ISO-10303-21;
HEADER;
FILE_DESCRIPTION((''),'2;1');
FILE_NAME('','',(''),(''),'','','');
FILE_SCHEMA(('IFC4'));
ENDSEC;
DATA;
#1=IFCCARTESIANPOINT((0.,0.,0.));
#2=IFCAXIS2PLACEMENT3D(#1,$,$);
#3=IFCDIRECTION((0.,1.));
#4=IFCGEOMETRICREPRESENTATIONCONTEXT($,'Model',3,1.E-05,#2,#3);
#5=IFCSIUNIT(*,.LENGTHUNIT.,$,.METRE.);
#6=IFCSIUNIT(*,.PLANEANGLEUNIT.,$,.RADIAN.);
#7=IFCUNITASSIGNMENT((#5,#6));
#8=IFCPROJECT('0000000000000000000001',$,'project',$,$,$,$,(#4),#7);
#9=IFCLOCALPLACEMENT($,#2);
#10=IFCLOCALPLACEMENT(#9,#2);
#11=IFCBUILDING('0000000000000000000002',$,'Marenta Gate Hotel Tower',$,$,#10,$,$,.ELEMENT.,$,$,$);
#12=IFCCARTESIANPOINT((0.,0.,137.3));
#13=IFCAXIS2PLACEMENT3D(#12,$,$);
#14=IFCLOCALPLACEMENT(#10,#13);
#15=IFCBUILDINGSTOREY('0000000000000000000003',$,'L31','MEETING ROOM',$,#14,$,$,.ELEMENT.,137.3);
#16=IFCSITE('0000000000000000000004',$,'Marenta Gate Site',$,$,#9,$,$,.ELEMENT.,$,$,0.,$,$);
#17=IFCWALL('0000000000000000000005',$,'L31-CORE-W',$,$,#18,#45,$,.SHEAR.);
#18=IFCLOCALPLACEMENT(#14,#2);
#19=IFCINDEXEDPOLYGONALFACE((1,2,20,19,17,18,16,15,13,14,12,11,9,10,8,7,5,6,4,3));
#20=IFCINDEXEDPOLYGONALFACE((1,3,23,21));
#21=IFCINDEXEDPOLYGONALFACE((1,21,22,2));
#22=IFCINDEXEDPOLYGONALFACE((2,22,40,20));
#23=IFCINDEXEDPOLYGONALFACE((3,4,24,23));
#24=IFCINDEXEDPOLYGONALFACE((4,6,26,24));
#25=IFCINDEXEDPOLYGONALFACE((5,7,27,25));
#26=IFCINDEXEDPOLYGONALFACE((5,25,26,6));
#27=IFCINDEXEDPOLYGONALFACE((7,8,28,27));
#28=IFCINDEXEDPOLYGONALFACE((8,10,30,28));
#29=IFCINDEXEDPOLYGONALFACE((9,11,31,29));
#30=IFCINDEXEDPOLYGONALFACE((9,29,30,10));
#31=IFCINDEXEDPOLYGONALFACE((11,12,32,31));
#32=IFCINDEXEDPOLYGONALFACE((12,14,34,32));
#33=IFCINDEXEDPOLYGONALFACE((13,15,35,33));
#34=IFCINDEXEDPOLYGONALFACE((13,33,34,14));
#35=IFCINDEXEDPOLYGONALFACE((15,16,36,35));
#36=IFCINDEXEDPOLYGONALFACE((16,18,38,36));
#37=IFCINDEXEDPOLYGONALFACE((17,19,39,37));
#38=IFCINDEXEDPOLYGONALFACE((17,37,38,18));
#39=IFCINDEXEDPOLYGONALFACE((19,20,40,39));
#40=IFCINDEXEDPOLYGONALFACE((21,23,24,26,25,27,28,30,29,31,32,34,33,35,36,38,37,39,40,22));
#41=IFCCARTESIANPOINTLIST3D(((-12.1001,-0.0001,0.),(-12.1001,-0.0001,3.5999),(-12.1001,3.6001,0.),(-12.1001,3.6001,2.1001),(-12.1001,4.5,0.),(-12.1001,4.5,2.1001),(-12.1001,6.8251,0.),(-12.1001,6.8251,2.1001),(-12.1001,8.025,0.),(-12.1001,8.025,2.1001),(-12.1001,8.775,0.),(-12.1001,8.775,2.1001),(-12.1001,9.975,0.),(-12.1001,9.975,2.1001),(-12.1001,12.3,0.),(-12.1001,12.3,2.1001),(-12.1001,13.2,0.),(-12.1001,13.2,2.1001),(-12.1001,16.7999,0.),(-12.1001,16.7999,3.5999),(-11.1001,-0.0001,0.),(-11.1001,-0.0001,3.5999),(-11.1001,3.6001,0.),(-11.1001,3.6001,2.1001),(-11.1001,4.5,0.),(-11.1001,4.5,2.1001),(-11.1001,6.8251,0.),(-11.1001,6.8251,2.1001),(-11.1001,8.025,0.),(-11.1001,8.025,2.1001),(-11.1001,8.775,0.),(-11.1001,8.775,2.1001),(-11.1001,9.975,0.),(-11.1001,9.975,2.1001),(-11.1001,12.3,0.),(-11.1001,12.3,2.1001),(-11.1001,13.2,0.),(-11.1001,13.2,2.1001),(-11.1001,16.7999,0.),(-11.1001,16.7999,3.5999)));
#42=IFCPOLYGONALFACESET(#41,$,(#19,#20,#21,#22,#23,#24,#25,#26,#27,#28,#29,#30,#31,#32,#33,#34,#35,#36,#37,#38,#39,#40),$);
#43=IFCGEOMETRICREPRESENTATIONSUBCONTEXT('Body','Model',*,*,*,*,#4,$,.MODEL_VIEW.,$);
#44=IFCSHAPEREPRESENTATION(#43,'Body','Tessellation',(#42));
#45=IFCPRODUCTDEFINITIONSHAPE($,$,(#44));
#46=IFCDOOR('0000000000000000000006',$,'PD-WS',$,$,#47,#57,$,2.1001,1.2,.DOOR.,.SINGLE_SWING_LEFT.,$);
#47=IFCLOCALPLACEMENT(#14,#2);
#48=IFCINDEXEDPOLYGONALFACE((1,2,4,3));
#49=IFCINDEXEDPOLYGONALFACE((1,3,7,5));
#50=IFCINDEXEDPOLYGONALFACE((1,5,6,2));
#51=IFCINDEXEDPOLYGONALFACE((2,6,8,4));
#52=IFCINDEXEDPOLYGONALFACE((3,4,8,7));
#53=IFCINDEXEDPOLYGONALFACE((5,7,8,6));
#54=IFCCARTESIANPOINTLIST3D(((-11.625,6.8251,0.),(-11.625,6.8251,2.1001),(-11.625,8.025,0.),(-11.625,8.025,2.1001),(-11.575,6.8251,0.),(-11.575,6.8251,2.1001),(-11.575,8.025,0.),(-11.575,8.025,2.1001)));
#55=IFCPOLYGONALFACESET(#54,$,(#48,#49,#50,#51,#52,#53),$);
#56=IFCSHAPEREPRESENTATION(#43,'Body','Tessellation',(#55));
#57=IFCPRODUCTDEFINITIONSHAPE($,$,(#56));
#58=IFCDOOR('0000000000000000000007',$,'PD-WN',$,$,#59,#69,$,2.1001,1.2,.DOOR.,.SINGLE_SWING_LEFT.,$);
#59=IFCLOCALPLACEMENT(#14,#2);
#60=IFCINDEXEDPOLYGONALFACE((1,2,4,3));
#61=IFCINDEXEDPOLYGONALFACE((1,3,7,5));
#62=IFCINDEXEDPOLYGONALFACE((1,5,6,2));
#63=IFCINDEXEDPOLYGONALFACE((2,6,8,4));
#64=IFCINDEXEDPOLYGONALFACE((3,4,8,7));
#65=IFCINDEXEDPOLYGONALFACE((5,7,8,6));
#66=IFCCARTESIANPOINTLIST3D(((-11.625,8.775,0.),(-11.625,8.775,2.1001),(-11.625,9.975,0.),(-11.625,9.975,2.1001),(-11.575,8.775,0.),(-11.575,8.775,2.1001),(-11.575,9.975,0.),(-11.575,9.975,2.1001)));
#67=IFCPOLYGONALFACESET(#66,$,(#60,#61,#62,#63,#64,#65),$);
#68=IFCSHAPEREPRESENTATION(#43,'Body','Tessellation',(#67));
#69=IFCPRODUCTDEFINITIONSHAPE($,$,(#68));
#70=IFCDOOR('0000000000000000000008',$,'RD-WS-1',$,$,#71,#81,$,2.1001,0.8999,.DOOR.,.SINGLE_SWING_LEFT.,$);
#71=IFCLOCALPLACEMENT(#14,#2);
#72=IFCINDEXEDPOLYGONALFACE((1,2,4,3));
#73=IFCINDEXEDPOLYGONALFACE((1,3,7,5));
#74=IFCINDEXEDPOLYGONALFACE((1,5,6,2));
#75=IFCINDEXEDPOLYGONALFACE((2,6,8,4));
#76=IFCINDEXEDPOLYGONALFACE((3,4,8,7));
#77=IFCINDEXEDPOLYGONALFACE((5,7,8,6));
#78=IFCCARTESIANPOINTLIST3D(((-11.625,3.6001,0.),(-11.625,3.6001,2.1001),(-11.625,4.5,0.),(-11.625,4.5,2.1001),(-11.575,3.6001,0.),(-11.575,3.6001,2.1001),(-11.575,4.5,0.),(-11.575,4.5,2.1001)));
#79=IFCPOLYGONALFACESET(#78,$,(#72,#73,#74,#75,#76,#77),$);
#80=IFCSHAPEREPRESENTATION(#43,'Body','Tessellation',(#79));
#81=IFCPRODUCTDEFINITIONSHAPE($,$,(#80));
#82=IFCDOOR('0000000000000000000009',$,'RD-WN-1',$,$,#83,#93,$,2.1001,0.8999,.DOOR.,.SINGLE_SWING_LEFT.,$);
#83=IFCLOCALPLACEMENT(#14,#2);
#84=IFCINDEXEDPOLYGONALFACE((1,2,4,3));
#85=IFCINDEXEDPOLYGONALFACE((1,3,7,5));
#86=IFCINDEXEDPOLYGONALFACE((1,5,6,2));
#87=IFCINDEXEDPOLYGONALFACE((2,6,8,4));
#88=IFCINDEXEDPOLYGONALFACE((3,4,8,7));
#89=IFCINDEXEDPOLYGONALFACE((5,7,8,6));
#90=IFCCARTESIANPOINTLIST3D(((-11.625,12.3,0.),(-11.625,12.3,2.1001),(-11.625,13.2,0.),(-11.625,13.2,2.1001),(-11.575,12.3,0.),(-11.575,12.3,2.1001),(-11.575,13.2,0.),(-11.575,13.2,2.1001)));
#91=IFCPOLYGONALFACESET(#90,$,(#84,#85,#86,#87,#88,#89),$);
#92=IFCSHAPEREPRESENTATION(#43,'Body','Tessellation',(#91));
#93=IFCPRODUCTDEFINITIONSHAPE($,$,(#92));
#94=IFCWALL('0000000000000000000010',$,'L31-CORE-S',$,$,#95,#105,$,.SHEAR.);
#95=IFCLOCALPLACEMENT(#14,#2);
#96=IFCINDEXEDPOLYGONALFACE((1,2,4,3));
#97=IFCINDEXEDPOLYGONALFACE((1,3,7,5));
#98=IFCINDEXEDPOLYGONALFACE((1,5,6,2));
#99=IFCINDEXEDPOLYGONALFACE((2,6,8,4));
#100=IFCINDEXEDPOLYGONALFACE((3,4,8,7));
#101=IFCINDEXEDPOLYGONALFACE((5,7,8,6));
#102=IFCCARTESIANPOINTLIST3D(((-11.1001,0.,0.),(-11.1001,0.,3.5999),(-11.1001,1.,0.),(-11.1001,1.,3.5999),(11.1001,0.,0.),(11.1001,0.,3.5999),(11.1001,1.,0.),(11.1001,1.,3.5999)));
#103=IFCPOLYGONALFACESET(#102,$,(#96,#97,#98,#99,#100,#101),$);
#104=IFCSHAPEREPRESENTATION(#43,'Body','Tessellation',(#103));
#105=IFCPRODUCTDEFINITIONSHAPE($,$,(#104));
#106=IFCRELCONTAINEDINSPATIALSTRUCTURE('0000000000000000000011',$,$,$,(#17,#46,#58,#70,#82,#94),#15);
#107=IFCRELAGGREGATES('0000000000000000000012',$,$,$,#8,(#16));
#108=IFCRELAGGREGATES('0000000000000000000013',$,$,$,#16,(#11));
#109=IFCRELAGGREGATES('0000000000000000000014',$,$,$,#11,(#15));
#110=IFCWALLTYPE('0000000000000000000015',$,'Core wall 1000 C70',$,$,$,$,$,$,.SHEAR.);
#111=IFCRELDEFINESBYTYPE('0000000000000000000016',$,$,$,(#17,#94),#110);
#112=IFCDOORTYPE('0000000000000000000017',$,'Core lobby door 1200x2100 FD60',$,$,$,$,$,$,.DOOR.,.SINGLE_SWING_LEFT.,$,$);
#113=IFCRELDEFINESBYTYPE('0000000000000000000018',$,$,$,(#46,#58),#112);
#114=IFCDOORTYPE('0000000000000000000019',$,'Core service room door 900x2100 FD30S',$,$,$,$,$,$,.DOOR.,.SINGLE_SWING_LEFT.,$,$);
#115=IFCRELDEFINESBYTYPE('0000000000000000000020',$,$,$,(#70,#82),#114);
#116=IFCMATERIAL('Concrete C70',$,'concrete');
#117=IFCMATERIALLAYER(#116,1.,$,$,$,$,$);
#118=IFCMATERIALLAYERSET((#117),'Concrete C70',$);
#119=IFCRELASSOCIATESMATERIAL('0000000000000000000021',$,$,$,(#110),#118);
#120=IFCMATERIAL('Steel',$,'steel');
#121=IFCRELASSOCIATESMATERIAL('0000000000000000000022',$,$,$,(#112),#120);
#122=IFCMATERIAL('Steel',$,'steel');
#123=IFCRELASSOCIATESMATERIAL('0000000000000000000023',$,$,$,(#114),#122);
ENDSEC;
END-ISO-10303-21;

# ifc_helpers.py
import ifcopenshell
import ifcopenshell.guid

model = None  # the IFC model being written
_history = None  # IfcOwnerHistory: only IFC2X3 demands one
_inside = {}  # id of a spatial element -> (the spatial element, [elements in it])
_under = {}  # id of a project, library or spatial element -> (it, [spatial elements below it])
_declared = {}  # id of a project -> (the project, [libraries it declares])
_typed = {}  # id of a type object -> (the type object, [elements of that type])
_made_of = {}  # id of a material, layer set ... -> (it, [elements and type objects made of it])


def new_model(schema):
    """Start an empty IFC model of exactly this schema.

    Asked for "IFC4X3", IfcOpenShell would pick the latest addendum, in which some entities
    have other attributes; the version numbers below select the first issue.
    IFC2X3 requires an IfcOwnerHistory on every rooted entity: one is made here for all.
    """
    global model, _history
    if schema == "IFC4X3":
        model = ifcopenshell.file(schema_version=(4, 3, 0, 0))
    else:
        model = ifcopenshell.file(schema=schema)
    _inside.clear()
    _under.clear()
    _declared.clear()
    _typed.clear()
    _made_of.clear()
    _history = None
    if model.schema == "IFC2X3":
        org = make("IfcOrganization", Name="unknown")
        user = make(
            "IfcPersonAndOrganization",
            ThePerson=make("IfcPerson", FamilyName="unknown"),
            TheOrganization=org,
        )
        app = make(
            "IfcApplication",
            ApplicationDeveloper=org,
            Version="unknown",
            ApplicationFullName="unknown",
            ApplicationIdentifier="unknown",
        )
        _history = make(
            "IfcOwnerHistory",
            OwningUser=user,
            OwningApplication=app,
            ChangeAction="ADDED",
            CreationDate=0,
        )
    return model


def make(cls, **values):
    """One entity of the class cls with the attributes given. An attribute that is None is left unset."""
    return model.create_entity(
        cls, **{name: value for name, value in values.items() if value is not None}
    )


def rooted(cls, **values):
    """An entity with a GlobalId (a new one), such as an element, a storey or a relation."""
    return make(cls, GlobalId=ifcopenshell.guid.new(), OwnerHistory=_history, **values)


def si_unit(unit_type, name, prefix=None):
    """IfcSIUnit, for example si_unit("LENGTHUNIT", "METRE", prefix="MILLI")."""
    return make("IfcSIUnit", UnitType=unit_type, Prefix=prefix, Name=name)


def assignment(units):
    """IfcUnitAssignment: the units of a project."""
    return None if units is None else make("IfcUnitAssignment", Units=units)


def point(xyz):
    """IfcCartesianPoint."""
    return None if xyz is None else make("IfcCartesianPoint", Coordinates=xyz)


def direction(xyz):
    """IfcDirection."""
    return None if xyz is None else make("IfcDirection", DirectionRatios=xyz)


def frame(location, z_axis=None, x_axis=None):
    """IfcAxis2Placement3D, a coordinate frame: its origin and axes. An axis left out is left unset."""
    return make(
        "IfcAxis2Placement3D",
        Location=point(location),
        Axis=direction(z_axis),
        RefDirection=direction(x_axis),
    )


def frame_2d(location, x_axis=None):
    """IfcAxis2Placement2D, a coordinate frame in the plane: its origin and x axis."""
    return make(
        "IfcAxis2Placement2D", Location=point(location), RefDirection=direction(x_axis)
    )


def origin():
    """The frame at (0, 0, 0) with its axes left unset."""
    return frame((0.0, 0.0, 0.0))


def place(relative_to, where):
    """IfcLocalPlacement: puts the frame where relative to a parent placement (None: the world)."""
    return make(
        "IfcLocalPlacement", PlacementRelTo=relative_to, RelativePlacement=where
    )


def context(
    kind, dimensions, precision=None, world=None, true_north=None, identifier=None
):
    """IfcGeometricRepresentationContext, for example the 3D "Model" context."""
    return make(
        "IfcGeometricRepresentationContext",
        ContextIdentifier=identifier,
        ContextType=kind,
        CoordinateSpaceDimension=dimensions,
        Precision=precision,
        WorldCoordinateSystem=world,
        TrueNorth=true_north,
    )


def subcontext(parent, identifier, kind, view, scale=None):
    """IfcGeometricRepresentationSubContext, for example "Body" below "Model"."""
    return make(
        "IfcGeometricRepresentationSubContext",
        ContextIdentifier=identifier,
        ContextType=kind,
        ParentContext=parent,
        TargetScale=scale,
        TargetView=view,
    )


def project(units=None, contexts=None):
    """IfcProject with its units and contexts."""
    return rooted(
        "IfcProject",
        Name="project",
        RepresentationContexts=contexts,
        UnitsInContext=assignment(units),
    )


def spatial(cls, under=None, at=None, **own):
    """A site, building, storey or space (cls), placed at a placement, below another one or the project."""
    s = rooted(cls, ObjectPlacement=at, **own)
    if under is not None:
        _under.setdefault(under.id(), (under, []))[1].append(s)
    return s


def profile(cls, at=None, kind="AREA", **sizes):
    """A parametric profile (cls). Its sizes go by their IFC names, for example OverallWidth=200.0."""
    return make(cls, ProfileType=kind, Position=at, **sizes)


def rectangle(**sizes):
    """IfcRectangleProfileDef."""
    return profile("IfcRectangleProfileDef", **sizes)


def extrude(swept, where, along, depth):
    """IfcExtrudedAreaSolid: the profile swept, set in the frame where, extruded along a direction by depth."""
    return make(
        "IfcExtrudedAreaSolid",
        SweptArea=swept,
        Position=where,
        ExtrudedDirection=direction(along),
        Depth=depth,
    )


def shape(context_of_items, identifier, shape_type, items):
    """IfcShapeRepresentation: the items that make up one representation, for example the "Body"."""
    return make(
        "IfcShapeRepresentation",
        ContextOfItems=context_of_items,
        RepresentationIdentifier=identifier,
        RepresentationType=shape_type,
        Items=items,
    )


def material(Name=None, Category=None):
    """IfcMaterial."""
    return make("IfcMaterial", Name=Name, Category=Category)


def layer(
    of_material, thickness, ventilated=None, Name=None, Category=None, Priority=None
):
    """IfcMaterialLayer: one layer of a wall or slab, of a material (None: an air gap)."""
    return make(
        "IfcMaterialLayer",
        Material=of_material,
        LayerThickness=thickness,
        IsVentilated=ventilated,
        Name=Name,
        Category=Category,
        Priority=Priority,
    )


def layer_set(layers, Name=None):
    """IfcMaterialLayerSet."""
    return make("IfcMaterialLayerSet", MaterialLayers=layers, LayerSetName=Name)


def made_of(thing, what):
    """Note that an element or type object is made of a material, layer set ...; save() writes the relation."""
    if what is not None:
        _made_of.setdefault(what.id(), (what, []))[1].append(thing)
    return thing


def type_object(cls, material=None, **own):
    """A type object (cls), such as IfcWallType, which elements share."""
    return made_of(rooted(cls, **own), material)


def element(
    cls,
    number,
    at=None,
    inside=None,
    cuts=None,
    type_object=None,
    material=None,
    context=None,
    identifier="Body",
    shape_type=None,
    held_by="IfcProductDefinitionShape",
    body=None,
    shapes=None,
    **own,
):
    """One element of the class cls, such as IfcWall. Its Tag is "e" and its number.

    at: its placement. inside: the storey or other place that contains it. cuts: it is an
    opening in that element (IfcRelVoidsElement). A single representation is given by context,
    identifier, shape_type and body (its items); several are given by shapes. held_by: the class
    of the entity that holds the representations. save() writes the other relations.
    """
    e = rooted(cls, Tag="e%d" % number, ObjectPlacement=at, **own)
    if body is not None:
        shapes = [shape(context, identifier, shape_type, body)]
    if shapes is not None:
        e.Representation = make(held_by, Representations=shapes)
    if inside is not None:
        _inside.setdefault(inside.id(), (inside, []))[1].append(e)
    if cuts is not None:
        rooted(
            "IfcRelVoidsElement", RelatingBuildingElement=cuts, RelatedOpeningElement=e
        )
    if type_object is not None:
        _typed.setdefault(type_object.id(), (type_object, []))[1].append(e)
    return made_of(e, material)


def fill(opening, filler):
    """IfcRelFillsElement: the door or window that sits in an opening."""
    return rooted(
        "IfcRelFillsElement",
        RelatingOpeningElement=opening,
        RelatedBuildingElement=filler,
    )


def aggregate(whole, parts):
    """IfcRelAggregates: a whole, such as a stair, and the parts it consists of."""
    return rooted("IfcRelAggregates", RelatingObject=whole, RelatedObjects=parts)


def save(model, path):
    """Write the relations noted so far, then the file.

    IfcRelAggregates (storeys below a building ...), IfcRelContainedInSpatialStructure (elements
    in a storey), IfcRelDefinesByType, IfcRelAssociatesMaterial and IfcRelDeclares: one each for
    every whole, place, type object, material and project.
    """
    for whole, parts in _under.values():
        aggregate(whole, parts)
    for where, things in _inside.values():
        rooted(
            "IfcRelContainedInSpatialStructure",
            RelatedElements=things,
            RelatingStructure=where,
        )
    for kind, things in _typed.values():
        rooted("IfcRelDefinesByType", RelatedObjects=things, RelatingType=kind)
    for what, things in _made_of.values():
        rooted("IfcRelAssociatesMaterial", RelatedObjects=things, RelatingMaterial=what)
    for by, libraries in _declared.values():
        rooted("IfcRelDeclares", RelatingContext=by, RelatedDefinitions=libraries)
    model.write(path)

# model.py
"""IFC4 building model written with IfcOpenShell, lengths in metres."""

from ifc_helpers import new_model, si_unit, direction, frame, frame_2d, origin, place, context, subcontext, project, spatial, rectangle, extrude, material, layer, layer_set, type_object, element, fill, save


model = new_model("IFC4")

# Units and contexts
model_context = context("Model", 3, precision=1e-05, world=origin(), true_north=direction((0.0, 1.0)))
body_context = subcontext(model_context, "Body", "Model", "MODEL_VIEW")
ifc_project = project(units=[si_unit("LENGTHUNIT", "METRE"), si_unit("PLANEANGLEUNIT", "RADIAN")], contexts=[model_context])

# Site, building, storey
site_placement = place(None, origin())
site = spatial("IfcSite", under=ifc_project, at=site_placement, Name="Marenta Gate Site", CompositionType="ELEMENT", RefElevation=0.0)
building_placement = place(site_placement, origin())
building = spatial("IfcBuilding", under=site, at=building_placement, Name="Marenta Gate Hotel Tower", CompositionType="ELEMENT")
storey_placement = place(building_placement, frame((0.0, 0.0, 137.3)))
storey = spatial("IfcBuildingStorey", under=building, at=storey_placement, Name="L31", Description="MEETING ROOM", CompositionType="ELEMENT", Elevation=137.3)

# Wall, openings, doors
ifc_material_1 = material(Name="Concrete C70", Category="concrete")
ifc_layer_1 = layer(ifc_material_1, 1.0)
ifc_layer_set_1 = layer_set([ifc_layer_1], Name="Concrete C70")
wall_type_1 = type_object("IfcWallType", Name="Core wall 1000 C70", PredefinedType="SHEAR", material=ifc_layer_set_1)
wall_1_placement = place(storey_placement, frame((-11.6001, 0.0, 0.0), z_axis=(0.0, 0.0, 1.0), x_axis=(0.0, 1.0, 0.0)))
wall_1 = element("IfcWall", 1, at=wall_1_placement, inside=storey, type_object=wall_type_1, Name="L31-CORE-W", PredefinedType="SHEAR", context=body_context, shape_type="SweptSolid", body=[
    extrude(rectangle(XDim=16.8, YDim=1.0, at=frame_2d((8.3999, 0.0))), origin(), (0.0, 0.0, 1.0), 3.5999),
])
opening_1_placement = place(wall_1_placement, frame((3.6001, 0.0, 0.0)))
opening_1 = element("IfcOpeningElement", 2, at=opening_1_placement, cuts=wall_1, PredefinedType="OPENING", context=body_context, shape_type="SweptSolid", body=[
    extrude(rectangle(XDim=0.8999, YDim=2.1001, at=frame_2d((0.45, 1.05))), frame((0.0, 0.5, 0.0), z_axis=(0.0, -1.0, 0.0), x_axis=(1.0, 0.0, 0.0)), (0.0, 0.0, 1.0), 1.0),
])
opening_2_placement = place(wall_1_placement, frame((6.825, 0.0, 0.0)))
opening_2 = element("IfcOpeningElement", 3, at=opening_2_placement, cuts=wall_1, PredefinedType="OPENING", context=body_context, shape_type="SweptSolid", body=[
    extrude(rectangle(XDim=1.2, YDim=2.1001, at=frame_2d((0.6001, 1.05))), frame((0.0, 0.5, 0.0), z_axis=(0.0, -1.0, 0.0), x_axis=(1.0, 0.0, 0.0)), (0.0, 0.0, 1.0), 1.0),
])
opening_3_placement = place(wall_1_placement, frame((12.3, 0.0, 0.0)))
opening_3 = element("IfcOpeningElement", 4, at=opening_3_placement, cuts=wall_1, PredefinedType="OPENING", context=body_context, shape_type="SweptSolid", body=[
    extrude(rectangle(XDim=0.8999, YDim=2.1001, at=frame_2d((0.45, 1.05))), frame((0.0, 0.5, 0.0), z_axis=(0.0, -1.0, 0.0), x_axis=(1.0, 0.0, 0.0)), (0.0, 0.0, 1.0), 1.0),
])
opening_4_placement = place(wall_1_placement, frame((8.7749, 0.0, 0.0)))
opening_4 = element("IfcOpeningElement", 5, at=opening_4_placement, cuts=wall_1, PredefinedType="OPENING", context=body_context, shape_type="SweptSolid", body=[
    extrude(rectangle(XDim=1.2, YDim=2.1001, at=frame_2d((0.6001, 1.05))), frame((0.0, 0.5, 0.0), z_axis=(0.0, -1.0, 0.0), x_axis=(1.0, 0.0, 0.0)), (0.0, 0.0, 1.0), 1.0),
])
ifc_material_2 = material(Name="Steel", Category="steel")
door_type_1 = type_object("IfcDoorType", Name="Core lobby door 1200x2100 FD60", OperationType="SINGLE_SWING_LEFT", PredefinedType="DOOR", material=ifc_material_2)
door_1_placement = place(opening_2_placement, origin())
door_1 = element("IfcDoor", 6, at=door_1_placement, inside=storey, type_object=door_type_1, Name="PD-WS", OperationType="SINGLE_SWING_LEFT", OverallHeight=2.1001, OverallWidth=1.2, PredefinedType="DOOR", context=body_context, shape_type="SweptSolid", body=[
    extrude(rectangle(XDim=1.2, YDim=2.1001, at=frame_2d((0.6001, 1.05))), frame((0.0, 0.0249, 0.0), z_axis=(0.0, -1.0, 0.0), x_axis=(1.0, 0.0, 0.0)), (0.0, 0.0, 1.0), 0.05),
])
fill(opening_2, door_1)
door_2_placement = place(opening_4_placement, origin())
door_2 = element("IfcDoor", 7, at=door_2_placement, inside=storey, type_object=door_type_1, Name="PD-WN", OperationType="SINGLE_SWING_LEFT", OverallHeight=2.1001, OverallWidth=1.2, PredefinedType="DOOR", context=body_context, shape_type="SweptSolid", body=[
    extrude(rectangle(XDim=1.2, YDim=2.1001, at=frame_2d((0.6001, 1.05))), frame((0.0, 0.0249, 0.0), z_axis=(0.0, -1.0, 0.0), x_axis=(1.0, 0.0, 0.0)), (0.0, 0.0, 1.0), 0.05),
])
fill(opening_4, door_2)
ifc_material_3 = material(Name="Steel", Category="steel")
door_type_2 = type_object("IfcDoorType", Name="Core service room door 900x2100 FD30S", OperationType="SINGLE_SWING_LEFT", PredefinedType="DOOR", material=ifc_material_3)
door_3_placement = place(opening_1_placement, origin())
door_3 = element("IfcDoor", 8, at=door_3_placement, inside=storey, type_object=door_type_2, Name="RD-WS-1", OperationType="SINGLE_SWING_LEFT", OverallHeight=2.1001, OverallWidth=0.8999, PredefinedType="DOOR", context=body_context, shape_type="SweptSolid", body=[
    extrude(rectangle(XDim=0.8999, YDim=2.1001, at=frame_2d((0.45, 1.05))), frame((0.0, 0.0249, 0.0), z_axis=(0.0, -1.0, 0.0), x_axis=(1.0, 0.0, 0.0)), (0.0, 0.0, 1.0), 0.05),
])
fill(opening_1, door_3)
door_4_placement = place(opening_3_placement, origin())
door_4 = element("IfcDoor", 9, at=door_4_placement, inside=storey, type_object=door_type_2, Name="RD-WN-1", OperationType="SINGLE_SWING_LEFT", OverallHeight=2.1001, OverallWidth=0.8999, PredefinedType="DOOR", context=body_context, shape_type="SweptSolid", body=[
    extrude(rectangle(XDim=0.8999, YDim=2.1001, at=frame_2d((0.45, 1.05))), frame((0.0, 0.0249, 0.0), z_axis=(0.0, -1.0, 0.0), x_axis=(1.0, 0.0, 0.0)), (0.0, 0.0, 1.0), 0.05),
])
fill(opening_3, door_4)

# Wall
wall_2_placement = place(storey_placement, frame((-11.1001, 0.5, 0.0), z_axis=(0.0, 0.0, 1.0), x_axis=(1.0, 0.0, 0.0)))
element("IfcWall", 10, at=wall_2_placement, inside=storey, type_object=wall_type_1, Name="L31-CORE-S", PredefinedType="SHEAR", context=body_context, shape_type="SweptSolid", body=[
    extrude(rectangle(XDim=22.2002, YDim=1.0, at=frame_2d((11.1001, 0.0))), origin(), (0.0, 0.0, 1.0), 3.5999),
])

save(model, "model.ifc")
